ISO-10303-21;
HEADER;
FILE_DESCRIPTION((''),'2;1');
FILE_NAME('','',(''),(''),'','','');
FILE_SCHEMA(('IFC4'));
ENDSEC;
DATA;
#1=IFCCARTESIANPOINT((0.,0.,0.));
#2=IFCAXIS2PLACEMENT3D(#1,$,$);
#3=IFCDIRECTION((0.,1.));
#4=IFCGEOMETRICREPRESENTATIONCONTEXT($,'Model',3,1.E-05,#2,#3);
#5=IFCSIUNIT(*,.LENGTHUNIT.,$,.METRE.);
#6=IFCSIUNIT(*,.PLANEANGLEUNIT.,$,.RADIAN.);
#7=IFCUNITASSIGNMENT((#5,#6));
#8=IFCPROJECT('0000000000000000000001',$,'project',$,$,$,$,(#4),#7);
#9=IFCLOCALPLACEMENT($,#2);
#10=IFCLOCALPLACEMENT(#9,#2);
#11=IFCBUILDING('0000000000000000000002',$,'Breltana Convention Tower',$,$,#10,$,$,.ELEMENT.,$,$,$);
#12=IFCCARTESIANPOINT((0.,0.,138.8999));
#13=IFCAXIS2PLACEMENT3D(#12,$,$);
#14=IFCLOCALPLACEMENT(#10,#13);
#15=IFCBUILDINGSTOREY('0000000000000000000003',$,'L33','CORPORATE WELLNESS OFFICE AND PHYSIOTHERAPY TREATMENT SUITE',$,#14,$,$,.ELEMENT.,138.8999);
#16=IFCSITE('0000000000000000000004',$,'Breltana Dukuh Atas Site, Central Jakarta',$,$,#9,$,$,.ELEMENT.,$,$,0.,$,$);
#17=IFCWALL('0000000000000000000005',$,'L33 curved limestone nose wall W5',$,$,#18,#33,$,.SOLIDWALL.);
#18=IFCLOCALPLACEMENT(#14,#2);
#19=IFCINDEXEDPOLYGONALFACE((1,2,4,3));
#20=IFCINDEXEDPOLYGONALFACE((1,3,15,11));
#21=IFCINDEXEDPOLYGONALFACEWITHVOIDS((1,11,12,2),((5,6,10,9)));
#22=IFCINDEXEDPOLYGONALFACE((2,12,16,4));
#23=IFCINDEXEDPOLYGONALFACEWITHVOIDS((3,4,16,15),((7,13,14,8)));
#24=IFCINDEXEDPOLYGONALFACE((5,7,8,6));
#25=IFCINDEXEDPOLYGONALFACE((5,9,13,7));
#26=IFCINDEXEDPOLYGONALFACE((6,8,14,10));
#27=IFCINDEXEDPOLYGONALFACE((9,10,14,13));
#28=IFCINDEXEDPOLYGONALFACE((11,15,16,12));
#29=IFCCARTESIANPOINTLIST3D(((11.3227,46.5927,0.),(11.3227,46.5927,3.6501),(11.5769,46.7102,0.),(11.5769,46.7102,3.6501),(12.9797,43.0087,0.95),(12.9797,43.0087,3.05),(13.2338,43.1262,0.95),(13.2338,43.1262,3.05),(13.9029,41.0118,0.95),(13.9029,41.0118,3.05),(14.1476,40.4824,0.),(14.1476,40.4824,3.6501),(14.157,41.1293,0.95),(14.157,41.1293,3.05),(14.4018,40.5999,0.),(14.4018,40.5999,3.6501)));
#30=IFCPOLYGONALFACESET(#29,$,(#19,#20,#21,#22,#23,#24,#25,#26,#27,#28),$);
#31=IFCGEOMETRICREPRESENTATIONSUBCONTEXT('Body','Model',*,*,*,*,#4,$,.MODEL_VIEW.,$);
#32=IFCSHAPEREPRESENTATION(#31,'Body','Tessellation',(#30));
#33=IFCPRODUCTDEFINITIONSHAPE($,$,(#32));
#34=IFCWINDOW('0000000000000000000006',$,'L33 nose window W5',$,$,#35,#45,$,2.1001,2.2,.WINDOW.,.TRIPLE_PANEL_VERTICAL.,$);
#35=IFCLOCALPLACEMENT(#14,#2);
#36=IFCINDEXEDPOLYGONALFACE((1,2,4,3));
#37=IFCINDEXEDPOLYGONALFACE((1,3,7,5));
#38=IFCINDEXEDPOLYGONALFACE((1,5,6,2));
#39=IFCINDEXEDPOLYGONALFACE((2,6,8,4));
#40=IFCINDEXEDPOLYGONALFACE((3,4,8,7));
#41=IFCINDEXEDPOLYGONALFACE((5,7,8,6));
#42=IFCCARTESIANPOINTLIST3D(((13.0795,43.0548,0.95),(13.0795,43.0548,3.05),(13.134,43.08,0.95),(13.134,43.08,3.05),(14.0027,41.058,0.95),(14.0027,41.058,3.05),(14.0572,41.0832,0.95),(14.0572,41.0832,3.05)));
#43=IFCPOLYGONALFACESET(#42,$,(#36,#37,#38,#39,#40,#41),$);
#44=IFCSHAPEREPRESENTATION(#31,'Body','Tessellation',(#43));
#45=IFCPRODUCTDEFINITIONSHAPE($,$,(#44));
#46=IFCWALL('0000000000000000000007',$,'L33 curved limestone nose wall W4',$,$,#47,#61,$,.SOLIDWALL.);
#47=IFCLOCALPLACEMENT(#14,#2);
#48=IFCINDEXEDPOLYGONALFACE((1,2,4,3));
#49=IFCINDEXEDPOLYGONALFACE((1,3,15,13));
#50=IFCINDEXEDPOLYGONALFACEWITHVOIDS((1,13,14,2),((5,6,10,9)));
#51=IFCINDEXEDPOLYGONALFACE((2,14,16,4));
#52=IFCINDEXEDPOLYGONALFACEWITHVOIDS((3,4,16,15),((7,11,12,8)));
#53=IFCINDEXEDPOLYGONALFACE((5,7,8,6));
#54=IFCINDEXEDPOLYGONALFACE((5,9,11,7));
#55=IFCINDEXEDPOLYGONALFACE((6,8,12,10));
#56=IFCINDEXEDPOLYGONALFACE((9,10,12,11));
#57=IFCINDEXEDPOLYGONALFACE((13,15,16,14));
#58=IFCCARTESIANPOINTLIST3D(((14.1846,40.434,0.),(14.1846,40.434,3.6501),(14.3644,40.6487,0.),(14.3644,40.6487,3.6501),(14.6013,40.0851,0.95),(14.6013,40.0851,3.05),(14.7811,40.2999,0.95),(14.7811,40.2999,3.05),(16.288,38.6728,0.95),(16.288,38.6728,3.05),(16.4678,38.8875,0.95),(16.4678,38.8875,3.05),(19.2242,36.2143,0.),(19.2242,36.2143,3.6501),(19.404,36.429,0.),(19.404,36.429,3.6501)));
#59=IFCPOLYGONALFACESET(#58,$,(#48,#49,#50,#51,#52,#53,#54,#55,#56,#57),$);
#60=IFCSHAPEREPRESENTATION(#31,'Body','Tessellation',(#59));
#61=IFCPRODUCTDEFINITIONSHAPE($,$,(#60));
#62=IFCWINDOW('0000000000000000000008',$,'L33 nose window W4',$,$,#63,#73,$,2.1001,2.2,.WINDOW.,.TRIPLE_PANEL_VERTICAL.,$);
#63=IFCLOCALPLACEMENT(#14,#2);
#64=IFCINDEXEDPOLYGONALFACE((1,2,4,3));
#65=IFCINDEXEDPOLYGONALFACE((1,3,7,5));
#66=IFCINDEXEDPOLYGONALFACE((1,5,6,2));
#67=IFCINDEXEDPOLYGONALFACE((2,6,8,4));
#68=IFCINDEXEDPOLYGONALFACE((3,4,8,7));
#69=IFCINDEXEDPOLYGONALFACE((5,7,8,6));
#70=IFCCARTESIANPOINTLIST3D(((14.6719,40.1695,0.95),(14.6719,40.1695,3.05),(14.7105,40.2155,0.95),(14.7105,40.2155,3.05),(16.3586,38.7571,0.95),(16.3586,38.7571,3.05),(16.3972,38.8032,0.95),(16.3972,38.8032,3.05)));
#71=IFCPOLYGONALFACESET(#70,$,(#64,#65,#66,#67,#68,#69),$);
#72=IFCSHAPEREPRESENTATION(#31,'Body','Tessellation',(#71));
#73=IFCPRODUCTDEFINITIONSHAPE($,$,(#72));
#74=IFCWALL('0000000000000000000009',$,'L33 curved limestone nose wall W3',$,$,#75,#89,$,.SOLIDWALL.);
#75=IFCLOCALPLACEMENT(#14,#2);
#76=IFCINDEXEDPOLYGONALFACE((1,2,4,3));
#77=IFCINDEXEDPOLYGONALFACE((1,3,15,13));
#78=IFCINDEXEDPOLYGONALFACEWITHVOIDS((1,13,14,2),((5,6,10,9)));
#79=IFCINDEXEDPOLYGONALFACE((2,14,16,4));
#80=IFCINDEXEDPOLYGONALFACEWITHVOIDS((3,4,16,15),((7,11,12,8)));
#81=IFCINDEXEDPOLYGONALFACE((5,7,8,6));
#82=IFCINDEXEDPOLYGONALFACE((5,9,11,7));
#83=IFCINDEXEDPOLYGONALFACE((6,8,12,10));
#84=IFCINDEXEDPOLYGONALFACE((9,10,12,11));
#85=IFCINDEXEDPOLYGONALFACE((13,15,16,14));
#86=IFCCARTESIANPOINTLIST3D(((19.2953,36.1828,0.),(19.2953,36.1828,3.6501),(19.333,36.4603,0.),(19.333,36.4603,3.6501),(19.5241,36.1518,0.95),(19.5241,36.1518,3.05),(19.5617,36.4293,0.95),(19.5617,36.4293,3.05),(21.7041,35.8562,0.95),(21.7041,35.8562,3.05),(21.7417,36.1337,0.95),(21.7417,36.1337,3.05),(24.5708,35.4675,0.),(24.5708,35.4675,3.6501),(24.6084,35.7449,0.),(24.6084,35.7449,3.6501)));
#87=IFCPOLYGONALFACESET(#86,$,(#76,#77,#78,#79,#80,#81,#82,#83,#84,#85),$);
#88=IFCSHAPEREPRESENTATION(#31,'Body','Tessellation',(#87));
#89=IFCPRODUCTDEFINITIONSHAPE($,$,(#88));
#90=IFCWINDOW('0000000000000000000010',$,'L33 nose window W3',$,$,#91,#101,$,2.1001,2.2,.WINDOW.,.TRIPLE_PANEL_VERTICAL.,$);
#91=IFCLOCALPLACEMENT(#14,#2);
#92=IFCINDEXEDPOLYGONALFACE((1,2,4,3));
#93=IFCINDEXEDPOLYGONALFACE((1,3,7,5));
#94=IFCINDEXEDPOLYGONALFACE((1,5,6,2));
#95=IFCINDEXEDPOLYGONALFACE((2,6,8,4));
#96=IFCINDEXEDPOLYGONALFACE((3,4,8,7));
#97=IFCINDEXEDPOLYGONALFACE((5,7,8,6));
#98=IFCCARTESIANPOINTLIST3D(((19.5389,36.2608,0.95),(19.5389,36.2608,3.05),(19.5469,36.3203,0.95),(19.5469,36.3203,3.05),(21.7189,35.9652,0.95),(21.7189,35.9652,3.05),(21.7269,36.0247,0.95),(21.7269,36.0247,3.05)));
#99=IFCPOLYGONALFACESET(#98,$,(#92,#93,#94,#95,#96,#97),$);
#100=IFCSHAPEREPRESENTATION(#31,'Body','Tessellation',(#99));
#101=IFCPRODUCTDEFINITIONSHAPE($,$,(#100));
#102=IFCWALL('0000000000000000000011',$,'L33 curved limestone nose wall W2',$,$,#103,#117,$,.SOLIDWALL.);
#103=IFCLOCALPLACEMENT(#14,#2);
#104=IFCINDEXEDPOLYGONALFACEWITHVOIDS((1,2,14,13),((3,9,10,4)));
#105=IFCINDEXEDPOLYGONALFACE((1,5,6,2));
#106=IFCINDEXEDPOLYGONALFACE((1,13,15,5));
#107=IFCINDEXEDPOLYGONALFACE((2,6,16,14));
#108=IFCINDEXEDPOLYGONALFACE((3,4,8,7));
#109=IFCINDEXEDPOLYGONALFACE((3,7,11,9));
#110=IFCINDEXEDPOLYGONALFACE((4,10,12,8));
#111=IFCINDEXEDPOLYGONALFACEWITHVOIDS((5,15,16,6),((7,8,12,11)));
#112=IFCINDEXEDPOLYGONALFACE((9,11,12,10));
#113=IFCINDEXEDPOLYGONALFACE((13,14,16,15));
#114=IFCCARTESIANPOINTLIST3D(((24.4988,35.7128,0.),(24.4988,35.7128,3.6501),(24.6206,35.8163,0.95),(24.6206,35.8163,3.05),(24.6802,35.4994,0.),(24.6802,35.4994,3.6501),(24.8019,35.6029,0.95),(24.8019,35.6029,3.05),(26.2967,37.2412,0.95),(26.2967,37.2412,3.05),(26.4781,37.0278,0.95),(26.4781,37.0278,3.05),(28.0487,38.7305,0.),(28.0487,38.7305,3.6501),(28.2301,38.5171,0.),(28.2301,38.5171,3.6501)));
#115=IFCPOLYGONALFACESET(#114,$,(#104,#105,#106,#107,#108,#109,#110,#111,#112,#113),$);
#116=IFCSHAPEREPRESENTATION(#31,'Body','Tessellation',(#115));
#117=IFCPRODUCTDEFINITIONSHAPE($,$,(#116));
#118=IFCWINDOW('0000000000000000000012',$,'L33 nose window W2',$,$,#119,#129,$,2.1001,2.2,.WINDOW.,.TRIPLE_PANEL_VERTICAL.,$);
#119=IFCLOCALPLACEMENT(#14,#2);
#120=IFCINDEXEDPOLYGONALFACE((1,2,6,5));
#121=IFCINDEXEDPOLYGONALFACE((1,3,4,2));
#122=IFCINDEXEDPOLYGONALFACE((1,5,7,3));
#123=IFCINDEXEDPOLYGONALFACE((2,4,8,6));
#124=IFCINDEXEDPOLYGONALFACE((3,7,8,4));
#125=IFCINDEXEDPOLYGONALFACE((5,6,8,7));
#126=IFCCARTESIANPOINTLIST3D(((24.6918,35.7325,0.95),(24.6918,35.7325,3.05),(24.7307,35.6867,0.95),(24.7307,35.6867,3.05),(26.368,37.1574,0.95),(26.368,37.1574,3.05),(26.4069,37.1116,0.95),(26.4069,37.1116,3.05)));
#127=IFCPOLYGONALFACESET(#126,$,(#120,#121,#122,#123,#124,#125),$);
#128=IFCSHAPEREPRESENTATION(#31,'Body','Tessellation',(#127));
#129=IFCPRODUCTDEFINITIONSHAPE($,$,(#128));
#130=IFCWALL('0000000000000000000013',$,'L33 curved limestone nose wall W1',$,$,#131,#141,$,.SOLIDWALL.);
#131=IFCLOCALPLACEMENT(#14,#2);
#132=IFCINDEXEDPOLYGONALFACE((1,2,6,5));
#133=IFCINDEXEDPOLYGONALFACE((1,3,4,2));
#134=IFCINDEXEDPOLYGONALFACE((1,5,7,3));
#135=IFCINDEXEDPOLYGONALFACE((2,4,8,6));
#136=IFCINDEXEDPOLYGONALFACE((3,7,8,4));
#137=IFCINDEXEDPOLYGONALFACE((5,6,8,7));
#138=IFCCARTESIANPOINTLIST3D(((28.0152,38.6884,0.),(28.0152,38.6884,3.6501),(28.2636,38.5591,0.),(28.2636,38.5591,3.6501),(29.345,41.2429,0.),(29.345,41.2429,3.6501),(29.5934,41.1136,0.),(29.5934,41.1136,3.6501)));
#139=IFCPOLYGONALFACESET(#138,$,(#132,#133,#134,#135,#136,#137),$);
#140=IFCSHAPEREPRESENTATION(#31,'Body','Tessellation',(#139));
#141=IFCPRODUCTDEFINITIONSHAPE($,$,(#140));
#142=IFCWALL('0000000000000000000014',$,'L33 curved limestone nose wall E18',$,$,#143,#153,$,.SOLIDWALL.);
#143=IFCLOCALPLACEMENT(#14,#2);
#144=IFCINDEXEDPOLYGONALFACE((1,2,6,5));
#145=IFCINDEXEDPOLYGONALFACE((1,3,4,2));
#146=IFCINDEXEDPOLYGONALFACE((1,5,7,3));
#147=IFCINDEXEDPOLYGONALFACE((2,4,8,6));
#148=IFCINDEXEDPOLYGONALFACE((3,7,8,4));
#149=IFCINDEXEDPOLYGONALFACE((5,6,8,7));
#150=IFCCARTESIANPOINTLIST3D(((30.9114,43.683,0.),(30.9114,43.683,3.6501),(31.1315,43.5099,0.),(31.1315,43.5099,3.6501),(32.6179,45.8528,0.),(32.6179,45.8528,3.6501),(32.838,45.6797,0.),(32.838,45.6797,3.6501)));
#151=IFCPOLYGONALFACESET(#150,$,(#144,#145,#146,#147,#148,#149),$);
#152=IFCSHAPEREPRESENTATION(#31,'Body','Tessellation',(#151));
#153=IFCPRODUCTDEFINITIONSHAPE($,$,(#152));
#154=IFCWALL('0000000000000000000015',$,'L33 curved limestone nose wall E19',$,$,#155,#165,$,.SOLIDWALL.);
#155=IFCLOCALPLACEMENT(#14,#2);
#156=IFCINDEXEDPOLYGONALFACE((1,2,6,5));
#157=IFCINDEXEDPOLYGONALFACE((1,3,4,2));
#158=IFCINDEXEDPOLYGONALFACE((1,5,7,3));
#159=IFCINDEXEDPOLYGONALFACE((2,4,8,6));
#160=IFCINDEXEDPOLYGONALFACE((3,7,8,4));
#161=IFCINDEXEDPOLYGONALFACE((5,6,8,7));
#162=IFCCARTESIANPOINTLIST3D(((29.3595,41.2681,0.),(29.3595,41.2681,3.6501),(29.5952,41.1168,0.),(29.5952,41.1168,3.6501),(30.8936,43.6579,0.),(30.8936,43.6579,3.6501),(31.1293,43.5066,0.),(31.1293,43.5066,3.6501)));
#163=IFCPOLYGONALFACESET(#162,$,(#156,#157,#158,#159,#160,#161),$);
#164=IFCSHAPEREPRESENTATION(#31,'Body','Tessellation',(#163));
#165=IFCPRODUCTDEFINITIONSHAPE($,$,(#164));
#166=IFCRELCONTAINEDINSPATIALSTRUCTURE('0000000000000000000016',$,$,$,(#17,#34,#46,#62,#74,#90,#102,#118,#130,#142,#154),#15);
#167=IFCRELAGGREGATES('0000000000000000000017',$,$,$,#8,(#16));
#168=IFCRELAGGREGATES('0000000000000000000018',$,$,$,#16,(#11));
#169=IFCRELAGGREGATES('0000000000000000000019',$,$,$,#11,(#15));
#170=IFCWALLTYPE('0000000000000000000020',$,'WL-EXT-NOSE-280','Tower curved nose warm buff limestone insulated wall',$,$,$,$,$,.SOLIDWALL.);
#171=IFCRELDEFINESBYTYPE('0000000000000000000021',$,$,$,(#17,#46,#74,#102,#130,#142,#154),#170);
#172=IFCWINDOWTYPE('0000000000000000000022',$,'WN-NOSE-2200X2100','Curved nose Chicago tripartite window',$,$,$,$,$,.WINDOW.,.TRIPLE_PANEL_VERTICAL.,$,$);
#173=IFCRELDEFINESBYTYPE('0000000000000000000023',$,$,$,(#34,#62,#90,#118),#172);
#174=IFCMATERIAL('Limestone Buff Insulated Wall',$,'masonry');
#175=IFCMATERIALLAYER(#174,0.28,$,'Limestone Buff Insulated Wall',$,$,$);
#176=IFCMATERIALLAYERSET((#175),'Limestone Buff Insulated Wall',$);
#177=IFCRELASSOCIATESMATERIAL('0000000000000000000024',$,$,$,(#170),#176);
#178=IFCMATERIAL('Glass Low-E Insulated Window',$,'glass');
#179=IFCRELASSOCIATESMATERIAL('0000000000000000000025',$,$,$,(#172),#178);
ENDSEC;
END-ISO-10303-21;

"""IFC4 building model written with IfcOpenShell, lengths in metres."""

from ifc_helpers import new_model, si_unit, direction, frame, frame_2d, origin, place, context, subcontext, project, spatial, rectangle, extrude, source, transform, mapped, material, layer, layer_set, type_object, type_shapes, element, fill, save


model = new_model("IFC4")

# Units and contexts
model_context = context("Model", 3, precision=1e-05, world=origin(), true_north=direction((0.0, 1.0)))
body_context = subcontext(model_context, "Body", "Model", "MODEL_VIEW")
ifc_project = project(units=[si_unit("LENGTHUNIT", "METRE"), si_unit("PLANEANGLEUNIT", "RADIAN")], contexts=[model_context])

# Site, building, storey
site_placement = place(None, origin())
site = spatial("IfcSite", under=ifc_project, at=site_placement, Name="Breltana Dukuh Atas Site, Central Jakarta", CompositionType="ELEMENT", RefElevation=0.0)
building_placement = place(site_placement, origin())
building = spatial("IfcBuilding", under=site, at=building_placement, Name="Breltana Convention Tower", CompositionType="ELEMENT")
storey_placement = place(building_placement, frame((0.0, 0.0, 138.8999)))
storey = spatial("IfcBuildingStorey", under=building, at=storey_placement, Name="L33", Description="CORPORATE WELLNESS OFFICE AND PHYSIOTHERAPY TREATMENT SUITE", CompositionType="ELEMENT", Elevation=138.8999)

# Walls, openings, windows
ifc_material_1 = material(Name="Limestone Buff Insulated Wall", Category="masonry")
ifc_layer_1 = layer(ifc_material_1, 0.28, Name="Limestone Buff Insulated Wall")
ifc_layer_set_1 = layer_set([ifc_layer_1], Name="Limestone Buff Insulated Wall")
wall_type_1 = type_object("IfcWallType", Name="WL-EXT-NOSE-280", Description="Tower curved nose warm buff limestone insulated wall", PredefinedType="SOLIDWALL", material=ifc_layer_set_1)
shared_shape_1 = source(origin(), body_context, "Body", "SweptSolid", [
    extrude(rectangle(XDim=6.7317, YDim=0.28, at=frame_2d((3.3657, 0.0))), origin(), (0.0, 0.0, 1.0), 3.6501),
])
wall_1_placement = place(storey_placement, frame((14.2747, 40.5413, 0.0), z_axis=(0.0, 0.0, 1.0), x_axis=(-0.419645, 0.907689, 0.0)))
wall_1 = element("IfcWall", 1, at=wall_1_placement, inside=storey, type_object=wall_type_1, Name="L33 curved limestone nose wall W5", PredefinedType="SOLIDWALL", context=body_context, shape_type="MappedRepresentation", body=[
    mapped(shared_shape_1, transform((0.0, 0.0, 0.0), scale=1.0)),
])
opening_1_placement = place(wall_1_placement, frame((0.583, 0.0, 0.95)))
opening_1 = element("IfcOpeningElement", 2, at=opening_1_placement, cuts=wall_1, PredefinedType="OPENING", context=body_context, shape_type="SweptSolid", body=[
    extrude(rectangle(XDim=2.2, YDim=2.1001, at=frame_2d((1.1001, 1.05))), frame((0.0, 0.1499, 0.0), z_axis=(0.0, -1.0, 0.0), x_axis=(1.0, 0.0, 0.0)), (0.0, 0.0, 1.0), 0.3),
])
ifc_material_2 = material(Name="Glass Low-E Insulated Window", Category="glass")
window_type = type_object("IfcWindowType", Name="WN-NOSE-2200X2100", Description="Curved nose Chicago tripartite window", PartitioningType="TRIPLE_PANEL_VERTICAL", PredefinedType="WINDOW", material=ifc_material_2)
shared_shape_2 = source(origin(), body_context, "Body", "SweptSolid", [
    extrude(rectangle(XDim=2.2, YDim=2.1001, at=frame_2d((1.1001, 1.05))), frame((0.0, 0.03, 0.0), z_axis=(0.0, -1.0, 0.0), x_axis=(1.0, 0.0, 0.0)), (0.0, 0.0, 1.0), 0.0601),
])
type_shapes(window_type, [shared_shape_2])
window_1_placement = place(opening_1_placement, origin())
window_1 = element("IfcWindow", 3, at=window_1_placement, inside=storey, type_object=window_type, Name="L33 nose window W5", OverallHeight=2.1001, OverallWidth=2.2, PartitioningType="TRIPLE_PANEL_VERTICAL", PredefinedType="WINDOW", context=body_context, shape_type="MappedRepresentation", body=[
    mapped(shared_shape_2, transform((0.0, 0.0, 0.0), scale=1.0)),
])
fill(opening_1, window_1)
shared_shape_3 = source(origin(), body_context, "Body", "SweptSolid", [
    extrude(rectangle(XDim=6.573, YDim=0.28, at=frame_2d((3.2866, 0.0))), origin(), (0.0, 0.0, 1.0), 3.6501),
])
wall_2_placement = place(storey_placement, frame((19.3142, 36.3215, 0.0), z_axis=(0.0, 0.0, 1.0), x_axis=(-0.766715, 0.641987, 0.0)))
wall_2 = element("IfcWall", 4, at=wall_2_placement, inside=storey, type_object=wall_type_1, Name="L33 curved limestone nose wall W4", PredefinedType="SOLIDWALL", context=body_context, shape_type="MappedRepresentation", body=[
    mapped(shared_shape_3, transform((0.0, 0.0, 0.0), scale=1.0)),
])
opening_2_placement = place(wall_2_placement, frame((3.8296, 0.0, 0.95)))
opening_2 = element("IfcOpeningElement", 5, at=opening_2_placement, cuts=wall_2, PredefinedType="OPENING", context=body_context, shape_type="SweptSolid", body=[
    extrude(rectangle(XDim=2.2, YDim=2.1001, at=frame_2d((1.1001, 1.05))), frame((0.0, 0.1499, 0.0), z_axis=(0.0, -1.0, 0.0), x_axis=(1.0, 0.0, 0.0)), (0.0, 0.0, 1.0), 0.3),
])
window_2_placement = place(opening_2_placement, origin())
window_2 = element("IfcWindow", 6, at=window_2_placement, inside=storey, type_object=window_type, Name="L33 nose window W4", OverallHeight=2.1001, OverallWidth=2.2, PartitioningType="TRIPLE_PANEL_VERTICAL", PredefinedType="WINDOW", context=body_context, shape_type="MappedRepresentation", body=[
    mapped(shared_shape_2, transform((0.0, 0.0, 0.0), scale=1.0)),
])
fill(opening_2, window_2)
shared_shape_4 = source(origin(), body_context, "Body", "SweptSolid", [
    extrude(rectangle(XDim=5.3237, YDim=0.28, at=frame_2d((2.6619, 0.0))), origin(), (0.0, 0.0, 1.0), 3.6501),
])
wall_3_placement = place(storey_placement, frame((24.5896, 35.6062, 0.0), z_axis=(0.0, 0.0, 1.0), x_axis=(-0.990931, 0.134368, 0.0)))
wall_3 = element("IfcWall", 7, at=wall_3_placement, inside=storey, type_object=wall_type_1, Name="L33 curved limestone nose wall W3", PredefinedType="SOLIDWALL", context=body_context, shape_type="MappedRepresentation", body=[
    mapped(shared_shape_4, transform((0.0, 0.0, 0.0), scale=1.0)),
])
opening_3_placement = place(wall_3_placement, frame((2.8928, 0.0, 0.95)))
opening_3 = element("IfcOpeningElement", 8, at=opening_3_placement, cuts=wall_3, PredefinedType="OPENING", context=body_context, shape_type="SweptSolid", body=[
    extrude(rectangle(XDim=2.2, YDim=2.1001, at=frame_2d((1.1001, 1.05))), frame((0.0, 0.1499, 0.0), z_axis=(0.0, -1.0, 0.0), x_axis=(1.0, 0.0, 0.0)), (0.0, 0.0, 1.0), 0.3),
])
window_3_placement = place(opening_3_placement, origin())
window_3 = element("IfcWindow", 9, at=window_3_placement, inside=storey, type_object=window_type, Name="L33 nose window W3", OverallHeight=2.1001, OverallWidth=2.2, PartitioningType="TRIPLE_PANEL_VERTICAL", PredefinedType="WINDOW", context=body_context, shape_type="MappedRepresentation", body=[
    mapped(shared_shape_2, transform((0.0, 0.0, 0.0), scale=1.0)),
])
fill(opening_3, window_3)
shared_shape_5 = source(origin(), body_context, "Body", "SweptSolid", [
    extrude(rectangle(XDim=4.6592, YDim=0.28, at=frame_2d((2.3296, 0.0))), origin(), (0.0, 0.0, 1.0), 3.6501),
])
wall_4_placement = place(storey_placement, frame((28.1394, 38.6238, 0.0), z_axis=(0.0, 0.0, 1.0), x_axis=(-0.761913, -0.647679, 0.0)))
wall_4 = element("IfcWall", 10, at=wall_4_placement, inside=storey, type_object=wall_type_1, Name="L33 curved limestone nose wall W2", PredefinedType="SOLIDWALL", context=body_context, shape_type="MappedRepresentation", body=[
    mapped(shared_shape_5, transform((0.0, 0.0, 0.0), scale=1.0)),
])
opening_4_placement = place(wall_4_placement, frame((2.2993, 0.0, 0.95)))
opening_4 = element("IfcOpeningElement", 11, at=opening_4_placement, cuts=wall_4, PredefinedType="OPENING", context=body_context, shape_type="SweptSolid", body=[
    extrude(rectangle(XDim=2.2, YDim=2.1001, at=frame_2d((1.1001, 1.05))), frame((0.0, 0.1499, 0.0), z_axis=(0.0, -1.0, 0.0), x_axis=(1.0, 0.0, 0.0)), (0.0, 0.0, 1.0), 0.3),
])
window_4_placement = place(opening_4_placement, origin())
window_4 = element("IfcWindow", 12, at=window_4_placement, inside=storey, type_object=window_type, Name="L33 nose window W2", OverallHeight=2.1001, OverallWidth=2.2, PartitioningType="TRIPLE_PANEL_VERTICAL", PredefinedType="WINDOW", context=body_context, shape_type="MappedRepresentation", body=[
    mapped(shared_shape_2, transform((0.0, 0.0, 0.0), scale=1.0)),
])
fill(opening_4, window_4)

# Walls
shared_shape_6 = source(origin(), body_context, "Body", "SweptSolid", [
    extrude(rectangle(XDim=2.8799, YDim=0.28, at=frame_2d((1.4399, 0.0))), origin(), (0.0, 0.0, 1.0), 3.6501),
])
wall_5_placement = place(storey_placement, frame((29.4692, 41.1782, 0.0), z_axis=(0.0, 0.0, 1.0), x_axis=(-0.461769, -0.887, 0.0)))
element("IfcWall", 13, at=wall_5_placement, inside=storey, type_object=wall_type_1, Name="L33 curved limestone nose wall W1", PredefinedType="SOLIDWALL", context=body_context, shape_type="MappedRepresentation", body=[
    mapped(shared_shape_6, transform((0.0, 0.0, 0.0), scale=1.0)),
])
shared_shape_7 = source(origin(), body_context, "Body", "SweptSolid", [
    extrude(rectangle(XDim=2.7605, YDim=0.28, at=frame_2d((1.3804, 0.0))), origin(), (0.0, 0.0, 1.0), 3.6501),
])
wall_6_placement = place(storey_placement, frame((32.728, 45.7664, 0.0), z_axis=(0.0, 0.0, 1.0), x_axis=(-0.618181, -0.786036, 0.0)))
element("IfcWall", 14, at=wall_6_placement, inside=storey, type_object=wall_type_1, Name="L33 curved limestone nose wall E18", PredefinedType="SOLIDWALL", context=body_context, shape_type="MappedRepresentation", body=[
    mapped(shared_shape_7, transform((0.0, 0.0, 0.0), scale=1.0)),
])
shared_shape_8 = source(origin(), body_context, "Body", "SweptSolid", [
    extrude(rectangle(XDim=2.8398, YDim=0.28, at=frame_2d((1.4199, 0.0))), origin(), (0.0, 0.0, 1.0), 3.6501),
])
wall_7_placement = place(storey_placement, frame((31.0115, 43.5823, 0.0), z_axis=(0.0, 0.0, 1.0), x_axis=(-0.540214, -0.841527, 0.0)))
element("IfcWall", 15, at=wall_7_placement, inside=storey, type_object=wall_type_1, Name="L33 curved limestone nose wall E19", PredefinedType="SOLIDWALL", context=body_context, shape_type="MappedRepresentation", body=[
    mapped(shared_shape_8, transform((0.0, 0.0, 0.0), scale=1.0)),
])

save(model, "model.ifc")
